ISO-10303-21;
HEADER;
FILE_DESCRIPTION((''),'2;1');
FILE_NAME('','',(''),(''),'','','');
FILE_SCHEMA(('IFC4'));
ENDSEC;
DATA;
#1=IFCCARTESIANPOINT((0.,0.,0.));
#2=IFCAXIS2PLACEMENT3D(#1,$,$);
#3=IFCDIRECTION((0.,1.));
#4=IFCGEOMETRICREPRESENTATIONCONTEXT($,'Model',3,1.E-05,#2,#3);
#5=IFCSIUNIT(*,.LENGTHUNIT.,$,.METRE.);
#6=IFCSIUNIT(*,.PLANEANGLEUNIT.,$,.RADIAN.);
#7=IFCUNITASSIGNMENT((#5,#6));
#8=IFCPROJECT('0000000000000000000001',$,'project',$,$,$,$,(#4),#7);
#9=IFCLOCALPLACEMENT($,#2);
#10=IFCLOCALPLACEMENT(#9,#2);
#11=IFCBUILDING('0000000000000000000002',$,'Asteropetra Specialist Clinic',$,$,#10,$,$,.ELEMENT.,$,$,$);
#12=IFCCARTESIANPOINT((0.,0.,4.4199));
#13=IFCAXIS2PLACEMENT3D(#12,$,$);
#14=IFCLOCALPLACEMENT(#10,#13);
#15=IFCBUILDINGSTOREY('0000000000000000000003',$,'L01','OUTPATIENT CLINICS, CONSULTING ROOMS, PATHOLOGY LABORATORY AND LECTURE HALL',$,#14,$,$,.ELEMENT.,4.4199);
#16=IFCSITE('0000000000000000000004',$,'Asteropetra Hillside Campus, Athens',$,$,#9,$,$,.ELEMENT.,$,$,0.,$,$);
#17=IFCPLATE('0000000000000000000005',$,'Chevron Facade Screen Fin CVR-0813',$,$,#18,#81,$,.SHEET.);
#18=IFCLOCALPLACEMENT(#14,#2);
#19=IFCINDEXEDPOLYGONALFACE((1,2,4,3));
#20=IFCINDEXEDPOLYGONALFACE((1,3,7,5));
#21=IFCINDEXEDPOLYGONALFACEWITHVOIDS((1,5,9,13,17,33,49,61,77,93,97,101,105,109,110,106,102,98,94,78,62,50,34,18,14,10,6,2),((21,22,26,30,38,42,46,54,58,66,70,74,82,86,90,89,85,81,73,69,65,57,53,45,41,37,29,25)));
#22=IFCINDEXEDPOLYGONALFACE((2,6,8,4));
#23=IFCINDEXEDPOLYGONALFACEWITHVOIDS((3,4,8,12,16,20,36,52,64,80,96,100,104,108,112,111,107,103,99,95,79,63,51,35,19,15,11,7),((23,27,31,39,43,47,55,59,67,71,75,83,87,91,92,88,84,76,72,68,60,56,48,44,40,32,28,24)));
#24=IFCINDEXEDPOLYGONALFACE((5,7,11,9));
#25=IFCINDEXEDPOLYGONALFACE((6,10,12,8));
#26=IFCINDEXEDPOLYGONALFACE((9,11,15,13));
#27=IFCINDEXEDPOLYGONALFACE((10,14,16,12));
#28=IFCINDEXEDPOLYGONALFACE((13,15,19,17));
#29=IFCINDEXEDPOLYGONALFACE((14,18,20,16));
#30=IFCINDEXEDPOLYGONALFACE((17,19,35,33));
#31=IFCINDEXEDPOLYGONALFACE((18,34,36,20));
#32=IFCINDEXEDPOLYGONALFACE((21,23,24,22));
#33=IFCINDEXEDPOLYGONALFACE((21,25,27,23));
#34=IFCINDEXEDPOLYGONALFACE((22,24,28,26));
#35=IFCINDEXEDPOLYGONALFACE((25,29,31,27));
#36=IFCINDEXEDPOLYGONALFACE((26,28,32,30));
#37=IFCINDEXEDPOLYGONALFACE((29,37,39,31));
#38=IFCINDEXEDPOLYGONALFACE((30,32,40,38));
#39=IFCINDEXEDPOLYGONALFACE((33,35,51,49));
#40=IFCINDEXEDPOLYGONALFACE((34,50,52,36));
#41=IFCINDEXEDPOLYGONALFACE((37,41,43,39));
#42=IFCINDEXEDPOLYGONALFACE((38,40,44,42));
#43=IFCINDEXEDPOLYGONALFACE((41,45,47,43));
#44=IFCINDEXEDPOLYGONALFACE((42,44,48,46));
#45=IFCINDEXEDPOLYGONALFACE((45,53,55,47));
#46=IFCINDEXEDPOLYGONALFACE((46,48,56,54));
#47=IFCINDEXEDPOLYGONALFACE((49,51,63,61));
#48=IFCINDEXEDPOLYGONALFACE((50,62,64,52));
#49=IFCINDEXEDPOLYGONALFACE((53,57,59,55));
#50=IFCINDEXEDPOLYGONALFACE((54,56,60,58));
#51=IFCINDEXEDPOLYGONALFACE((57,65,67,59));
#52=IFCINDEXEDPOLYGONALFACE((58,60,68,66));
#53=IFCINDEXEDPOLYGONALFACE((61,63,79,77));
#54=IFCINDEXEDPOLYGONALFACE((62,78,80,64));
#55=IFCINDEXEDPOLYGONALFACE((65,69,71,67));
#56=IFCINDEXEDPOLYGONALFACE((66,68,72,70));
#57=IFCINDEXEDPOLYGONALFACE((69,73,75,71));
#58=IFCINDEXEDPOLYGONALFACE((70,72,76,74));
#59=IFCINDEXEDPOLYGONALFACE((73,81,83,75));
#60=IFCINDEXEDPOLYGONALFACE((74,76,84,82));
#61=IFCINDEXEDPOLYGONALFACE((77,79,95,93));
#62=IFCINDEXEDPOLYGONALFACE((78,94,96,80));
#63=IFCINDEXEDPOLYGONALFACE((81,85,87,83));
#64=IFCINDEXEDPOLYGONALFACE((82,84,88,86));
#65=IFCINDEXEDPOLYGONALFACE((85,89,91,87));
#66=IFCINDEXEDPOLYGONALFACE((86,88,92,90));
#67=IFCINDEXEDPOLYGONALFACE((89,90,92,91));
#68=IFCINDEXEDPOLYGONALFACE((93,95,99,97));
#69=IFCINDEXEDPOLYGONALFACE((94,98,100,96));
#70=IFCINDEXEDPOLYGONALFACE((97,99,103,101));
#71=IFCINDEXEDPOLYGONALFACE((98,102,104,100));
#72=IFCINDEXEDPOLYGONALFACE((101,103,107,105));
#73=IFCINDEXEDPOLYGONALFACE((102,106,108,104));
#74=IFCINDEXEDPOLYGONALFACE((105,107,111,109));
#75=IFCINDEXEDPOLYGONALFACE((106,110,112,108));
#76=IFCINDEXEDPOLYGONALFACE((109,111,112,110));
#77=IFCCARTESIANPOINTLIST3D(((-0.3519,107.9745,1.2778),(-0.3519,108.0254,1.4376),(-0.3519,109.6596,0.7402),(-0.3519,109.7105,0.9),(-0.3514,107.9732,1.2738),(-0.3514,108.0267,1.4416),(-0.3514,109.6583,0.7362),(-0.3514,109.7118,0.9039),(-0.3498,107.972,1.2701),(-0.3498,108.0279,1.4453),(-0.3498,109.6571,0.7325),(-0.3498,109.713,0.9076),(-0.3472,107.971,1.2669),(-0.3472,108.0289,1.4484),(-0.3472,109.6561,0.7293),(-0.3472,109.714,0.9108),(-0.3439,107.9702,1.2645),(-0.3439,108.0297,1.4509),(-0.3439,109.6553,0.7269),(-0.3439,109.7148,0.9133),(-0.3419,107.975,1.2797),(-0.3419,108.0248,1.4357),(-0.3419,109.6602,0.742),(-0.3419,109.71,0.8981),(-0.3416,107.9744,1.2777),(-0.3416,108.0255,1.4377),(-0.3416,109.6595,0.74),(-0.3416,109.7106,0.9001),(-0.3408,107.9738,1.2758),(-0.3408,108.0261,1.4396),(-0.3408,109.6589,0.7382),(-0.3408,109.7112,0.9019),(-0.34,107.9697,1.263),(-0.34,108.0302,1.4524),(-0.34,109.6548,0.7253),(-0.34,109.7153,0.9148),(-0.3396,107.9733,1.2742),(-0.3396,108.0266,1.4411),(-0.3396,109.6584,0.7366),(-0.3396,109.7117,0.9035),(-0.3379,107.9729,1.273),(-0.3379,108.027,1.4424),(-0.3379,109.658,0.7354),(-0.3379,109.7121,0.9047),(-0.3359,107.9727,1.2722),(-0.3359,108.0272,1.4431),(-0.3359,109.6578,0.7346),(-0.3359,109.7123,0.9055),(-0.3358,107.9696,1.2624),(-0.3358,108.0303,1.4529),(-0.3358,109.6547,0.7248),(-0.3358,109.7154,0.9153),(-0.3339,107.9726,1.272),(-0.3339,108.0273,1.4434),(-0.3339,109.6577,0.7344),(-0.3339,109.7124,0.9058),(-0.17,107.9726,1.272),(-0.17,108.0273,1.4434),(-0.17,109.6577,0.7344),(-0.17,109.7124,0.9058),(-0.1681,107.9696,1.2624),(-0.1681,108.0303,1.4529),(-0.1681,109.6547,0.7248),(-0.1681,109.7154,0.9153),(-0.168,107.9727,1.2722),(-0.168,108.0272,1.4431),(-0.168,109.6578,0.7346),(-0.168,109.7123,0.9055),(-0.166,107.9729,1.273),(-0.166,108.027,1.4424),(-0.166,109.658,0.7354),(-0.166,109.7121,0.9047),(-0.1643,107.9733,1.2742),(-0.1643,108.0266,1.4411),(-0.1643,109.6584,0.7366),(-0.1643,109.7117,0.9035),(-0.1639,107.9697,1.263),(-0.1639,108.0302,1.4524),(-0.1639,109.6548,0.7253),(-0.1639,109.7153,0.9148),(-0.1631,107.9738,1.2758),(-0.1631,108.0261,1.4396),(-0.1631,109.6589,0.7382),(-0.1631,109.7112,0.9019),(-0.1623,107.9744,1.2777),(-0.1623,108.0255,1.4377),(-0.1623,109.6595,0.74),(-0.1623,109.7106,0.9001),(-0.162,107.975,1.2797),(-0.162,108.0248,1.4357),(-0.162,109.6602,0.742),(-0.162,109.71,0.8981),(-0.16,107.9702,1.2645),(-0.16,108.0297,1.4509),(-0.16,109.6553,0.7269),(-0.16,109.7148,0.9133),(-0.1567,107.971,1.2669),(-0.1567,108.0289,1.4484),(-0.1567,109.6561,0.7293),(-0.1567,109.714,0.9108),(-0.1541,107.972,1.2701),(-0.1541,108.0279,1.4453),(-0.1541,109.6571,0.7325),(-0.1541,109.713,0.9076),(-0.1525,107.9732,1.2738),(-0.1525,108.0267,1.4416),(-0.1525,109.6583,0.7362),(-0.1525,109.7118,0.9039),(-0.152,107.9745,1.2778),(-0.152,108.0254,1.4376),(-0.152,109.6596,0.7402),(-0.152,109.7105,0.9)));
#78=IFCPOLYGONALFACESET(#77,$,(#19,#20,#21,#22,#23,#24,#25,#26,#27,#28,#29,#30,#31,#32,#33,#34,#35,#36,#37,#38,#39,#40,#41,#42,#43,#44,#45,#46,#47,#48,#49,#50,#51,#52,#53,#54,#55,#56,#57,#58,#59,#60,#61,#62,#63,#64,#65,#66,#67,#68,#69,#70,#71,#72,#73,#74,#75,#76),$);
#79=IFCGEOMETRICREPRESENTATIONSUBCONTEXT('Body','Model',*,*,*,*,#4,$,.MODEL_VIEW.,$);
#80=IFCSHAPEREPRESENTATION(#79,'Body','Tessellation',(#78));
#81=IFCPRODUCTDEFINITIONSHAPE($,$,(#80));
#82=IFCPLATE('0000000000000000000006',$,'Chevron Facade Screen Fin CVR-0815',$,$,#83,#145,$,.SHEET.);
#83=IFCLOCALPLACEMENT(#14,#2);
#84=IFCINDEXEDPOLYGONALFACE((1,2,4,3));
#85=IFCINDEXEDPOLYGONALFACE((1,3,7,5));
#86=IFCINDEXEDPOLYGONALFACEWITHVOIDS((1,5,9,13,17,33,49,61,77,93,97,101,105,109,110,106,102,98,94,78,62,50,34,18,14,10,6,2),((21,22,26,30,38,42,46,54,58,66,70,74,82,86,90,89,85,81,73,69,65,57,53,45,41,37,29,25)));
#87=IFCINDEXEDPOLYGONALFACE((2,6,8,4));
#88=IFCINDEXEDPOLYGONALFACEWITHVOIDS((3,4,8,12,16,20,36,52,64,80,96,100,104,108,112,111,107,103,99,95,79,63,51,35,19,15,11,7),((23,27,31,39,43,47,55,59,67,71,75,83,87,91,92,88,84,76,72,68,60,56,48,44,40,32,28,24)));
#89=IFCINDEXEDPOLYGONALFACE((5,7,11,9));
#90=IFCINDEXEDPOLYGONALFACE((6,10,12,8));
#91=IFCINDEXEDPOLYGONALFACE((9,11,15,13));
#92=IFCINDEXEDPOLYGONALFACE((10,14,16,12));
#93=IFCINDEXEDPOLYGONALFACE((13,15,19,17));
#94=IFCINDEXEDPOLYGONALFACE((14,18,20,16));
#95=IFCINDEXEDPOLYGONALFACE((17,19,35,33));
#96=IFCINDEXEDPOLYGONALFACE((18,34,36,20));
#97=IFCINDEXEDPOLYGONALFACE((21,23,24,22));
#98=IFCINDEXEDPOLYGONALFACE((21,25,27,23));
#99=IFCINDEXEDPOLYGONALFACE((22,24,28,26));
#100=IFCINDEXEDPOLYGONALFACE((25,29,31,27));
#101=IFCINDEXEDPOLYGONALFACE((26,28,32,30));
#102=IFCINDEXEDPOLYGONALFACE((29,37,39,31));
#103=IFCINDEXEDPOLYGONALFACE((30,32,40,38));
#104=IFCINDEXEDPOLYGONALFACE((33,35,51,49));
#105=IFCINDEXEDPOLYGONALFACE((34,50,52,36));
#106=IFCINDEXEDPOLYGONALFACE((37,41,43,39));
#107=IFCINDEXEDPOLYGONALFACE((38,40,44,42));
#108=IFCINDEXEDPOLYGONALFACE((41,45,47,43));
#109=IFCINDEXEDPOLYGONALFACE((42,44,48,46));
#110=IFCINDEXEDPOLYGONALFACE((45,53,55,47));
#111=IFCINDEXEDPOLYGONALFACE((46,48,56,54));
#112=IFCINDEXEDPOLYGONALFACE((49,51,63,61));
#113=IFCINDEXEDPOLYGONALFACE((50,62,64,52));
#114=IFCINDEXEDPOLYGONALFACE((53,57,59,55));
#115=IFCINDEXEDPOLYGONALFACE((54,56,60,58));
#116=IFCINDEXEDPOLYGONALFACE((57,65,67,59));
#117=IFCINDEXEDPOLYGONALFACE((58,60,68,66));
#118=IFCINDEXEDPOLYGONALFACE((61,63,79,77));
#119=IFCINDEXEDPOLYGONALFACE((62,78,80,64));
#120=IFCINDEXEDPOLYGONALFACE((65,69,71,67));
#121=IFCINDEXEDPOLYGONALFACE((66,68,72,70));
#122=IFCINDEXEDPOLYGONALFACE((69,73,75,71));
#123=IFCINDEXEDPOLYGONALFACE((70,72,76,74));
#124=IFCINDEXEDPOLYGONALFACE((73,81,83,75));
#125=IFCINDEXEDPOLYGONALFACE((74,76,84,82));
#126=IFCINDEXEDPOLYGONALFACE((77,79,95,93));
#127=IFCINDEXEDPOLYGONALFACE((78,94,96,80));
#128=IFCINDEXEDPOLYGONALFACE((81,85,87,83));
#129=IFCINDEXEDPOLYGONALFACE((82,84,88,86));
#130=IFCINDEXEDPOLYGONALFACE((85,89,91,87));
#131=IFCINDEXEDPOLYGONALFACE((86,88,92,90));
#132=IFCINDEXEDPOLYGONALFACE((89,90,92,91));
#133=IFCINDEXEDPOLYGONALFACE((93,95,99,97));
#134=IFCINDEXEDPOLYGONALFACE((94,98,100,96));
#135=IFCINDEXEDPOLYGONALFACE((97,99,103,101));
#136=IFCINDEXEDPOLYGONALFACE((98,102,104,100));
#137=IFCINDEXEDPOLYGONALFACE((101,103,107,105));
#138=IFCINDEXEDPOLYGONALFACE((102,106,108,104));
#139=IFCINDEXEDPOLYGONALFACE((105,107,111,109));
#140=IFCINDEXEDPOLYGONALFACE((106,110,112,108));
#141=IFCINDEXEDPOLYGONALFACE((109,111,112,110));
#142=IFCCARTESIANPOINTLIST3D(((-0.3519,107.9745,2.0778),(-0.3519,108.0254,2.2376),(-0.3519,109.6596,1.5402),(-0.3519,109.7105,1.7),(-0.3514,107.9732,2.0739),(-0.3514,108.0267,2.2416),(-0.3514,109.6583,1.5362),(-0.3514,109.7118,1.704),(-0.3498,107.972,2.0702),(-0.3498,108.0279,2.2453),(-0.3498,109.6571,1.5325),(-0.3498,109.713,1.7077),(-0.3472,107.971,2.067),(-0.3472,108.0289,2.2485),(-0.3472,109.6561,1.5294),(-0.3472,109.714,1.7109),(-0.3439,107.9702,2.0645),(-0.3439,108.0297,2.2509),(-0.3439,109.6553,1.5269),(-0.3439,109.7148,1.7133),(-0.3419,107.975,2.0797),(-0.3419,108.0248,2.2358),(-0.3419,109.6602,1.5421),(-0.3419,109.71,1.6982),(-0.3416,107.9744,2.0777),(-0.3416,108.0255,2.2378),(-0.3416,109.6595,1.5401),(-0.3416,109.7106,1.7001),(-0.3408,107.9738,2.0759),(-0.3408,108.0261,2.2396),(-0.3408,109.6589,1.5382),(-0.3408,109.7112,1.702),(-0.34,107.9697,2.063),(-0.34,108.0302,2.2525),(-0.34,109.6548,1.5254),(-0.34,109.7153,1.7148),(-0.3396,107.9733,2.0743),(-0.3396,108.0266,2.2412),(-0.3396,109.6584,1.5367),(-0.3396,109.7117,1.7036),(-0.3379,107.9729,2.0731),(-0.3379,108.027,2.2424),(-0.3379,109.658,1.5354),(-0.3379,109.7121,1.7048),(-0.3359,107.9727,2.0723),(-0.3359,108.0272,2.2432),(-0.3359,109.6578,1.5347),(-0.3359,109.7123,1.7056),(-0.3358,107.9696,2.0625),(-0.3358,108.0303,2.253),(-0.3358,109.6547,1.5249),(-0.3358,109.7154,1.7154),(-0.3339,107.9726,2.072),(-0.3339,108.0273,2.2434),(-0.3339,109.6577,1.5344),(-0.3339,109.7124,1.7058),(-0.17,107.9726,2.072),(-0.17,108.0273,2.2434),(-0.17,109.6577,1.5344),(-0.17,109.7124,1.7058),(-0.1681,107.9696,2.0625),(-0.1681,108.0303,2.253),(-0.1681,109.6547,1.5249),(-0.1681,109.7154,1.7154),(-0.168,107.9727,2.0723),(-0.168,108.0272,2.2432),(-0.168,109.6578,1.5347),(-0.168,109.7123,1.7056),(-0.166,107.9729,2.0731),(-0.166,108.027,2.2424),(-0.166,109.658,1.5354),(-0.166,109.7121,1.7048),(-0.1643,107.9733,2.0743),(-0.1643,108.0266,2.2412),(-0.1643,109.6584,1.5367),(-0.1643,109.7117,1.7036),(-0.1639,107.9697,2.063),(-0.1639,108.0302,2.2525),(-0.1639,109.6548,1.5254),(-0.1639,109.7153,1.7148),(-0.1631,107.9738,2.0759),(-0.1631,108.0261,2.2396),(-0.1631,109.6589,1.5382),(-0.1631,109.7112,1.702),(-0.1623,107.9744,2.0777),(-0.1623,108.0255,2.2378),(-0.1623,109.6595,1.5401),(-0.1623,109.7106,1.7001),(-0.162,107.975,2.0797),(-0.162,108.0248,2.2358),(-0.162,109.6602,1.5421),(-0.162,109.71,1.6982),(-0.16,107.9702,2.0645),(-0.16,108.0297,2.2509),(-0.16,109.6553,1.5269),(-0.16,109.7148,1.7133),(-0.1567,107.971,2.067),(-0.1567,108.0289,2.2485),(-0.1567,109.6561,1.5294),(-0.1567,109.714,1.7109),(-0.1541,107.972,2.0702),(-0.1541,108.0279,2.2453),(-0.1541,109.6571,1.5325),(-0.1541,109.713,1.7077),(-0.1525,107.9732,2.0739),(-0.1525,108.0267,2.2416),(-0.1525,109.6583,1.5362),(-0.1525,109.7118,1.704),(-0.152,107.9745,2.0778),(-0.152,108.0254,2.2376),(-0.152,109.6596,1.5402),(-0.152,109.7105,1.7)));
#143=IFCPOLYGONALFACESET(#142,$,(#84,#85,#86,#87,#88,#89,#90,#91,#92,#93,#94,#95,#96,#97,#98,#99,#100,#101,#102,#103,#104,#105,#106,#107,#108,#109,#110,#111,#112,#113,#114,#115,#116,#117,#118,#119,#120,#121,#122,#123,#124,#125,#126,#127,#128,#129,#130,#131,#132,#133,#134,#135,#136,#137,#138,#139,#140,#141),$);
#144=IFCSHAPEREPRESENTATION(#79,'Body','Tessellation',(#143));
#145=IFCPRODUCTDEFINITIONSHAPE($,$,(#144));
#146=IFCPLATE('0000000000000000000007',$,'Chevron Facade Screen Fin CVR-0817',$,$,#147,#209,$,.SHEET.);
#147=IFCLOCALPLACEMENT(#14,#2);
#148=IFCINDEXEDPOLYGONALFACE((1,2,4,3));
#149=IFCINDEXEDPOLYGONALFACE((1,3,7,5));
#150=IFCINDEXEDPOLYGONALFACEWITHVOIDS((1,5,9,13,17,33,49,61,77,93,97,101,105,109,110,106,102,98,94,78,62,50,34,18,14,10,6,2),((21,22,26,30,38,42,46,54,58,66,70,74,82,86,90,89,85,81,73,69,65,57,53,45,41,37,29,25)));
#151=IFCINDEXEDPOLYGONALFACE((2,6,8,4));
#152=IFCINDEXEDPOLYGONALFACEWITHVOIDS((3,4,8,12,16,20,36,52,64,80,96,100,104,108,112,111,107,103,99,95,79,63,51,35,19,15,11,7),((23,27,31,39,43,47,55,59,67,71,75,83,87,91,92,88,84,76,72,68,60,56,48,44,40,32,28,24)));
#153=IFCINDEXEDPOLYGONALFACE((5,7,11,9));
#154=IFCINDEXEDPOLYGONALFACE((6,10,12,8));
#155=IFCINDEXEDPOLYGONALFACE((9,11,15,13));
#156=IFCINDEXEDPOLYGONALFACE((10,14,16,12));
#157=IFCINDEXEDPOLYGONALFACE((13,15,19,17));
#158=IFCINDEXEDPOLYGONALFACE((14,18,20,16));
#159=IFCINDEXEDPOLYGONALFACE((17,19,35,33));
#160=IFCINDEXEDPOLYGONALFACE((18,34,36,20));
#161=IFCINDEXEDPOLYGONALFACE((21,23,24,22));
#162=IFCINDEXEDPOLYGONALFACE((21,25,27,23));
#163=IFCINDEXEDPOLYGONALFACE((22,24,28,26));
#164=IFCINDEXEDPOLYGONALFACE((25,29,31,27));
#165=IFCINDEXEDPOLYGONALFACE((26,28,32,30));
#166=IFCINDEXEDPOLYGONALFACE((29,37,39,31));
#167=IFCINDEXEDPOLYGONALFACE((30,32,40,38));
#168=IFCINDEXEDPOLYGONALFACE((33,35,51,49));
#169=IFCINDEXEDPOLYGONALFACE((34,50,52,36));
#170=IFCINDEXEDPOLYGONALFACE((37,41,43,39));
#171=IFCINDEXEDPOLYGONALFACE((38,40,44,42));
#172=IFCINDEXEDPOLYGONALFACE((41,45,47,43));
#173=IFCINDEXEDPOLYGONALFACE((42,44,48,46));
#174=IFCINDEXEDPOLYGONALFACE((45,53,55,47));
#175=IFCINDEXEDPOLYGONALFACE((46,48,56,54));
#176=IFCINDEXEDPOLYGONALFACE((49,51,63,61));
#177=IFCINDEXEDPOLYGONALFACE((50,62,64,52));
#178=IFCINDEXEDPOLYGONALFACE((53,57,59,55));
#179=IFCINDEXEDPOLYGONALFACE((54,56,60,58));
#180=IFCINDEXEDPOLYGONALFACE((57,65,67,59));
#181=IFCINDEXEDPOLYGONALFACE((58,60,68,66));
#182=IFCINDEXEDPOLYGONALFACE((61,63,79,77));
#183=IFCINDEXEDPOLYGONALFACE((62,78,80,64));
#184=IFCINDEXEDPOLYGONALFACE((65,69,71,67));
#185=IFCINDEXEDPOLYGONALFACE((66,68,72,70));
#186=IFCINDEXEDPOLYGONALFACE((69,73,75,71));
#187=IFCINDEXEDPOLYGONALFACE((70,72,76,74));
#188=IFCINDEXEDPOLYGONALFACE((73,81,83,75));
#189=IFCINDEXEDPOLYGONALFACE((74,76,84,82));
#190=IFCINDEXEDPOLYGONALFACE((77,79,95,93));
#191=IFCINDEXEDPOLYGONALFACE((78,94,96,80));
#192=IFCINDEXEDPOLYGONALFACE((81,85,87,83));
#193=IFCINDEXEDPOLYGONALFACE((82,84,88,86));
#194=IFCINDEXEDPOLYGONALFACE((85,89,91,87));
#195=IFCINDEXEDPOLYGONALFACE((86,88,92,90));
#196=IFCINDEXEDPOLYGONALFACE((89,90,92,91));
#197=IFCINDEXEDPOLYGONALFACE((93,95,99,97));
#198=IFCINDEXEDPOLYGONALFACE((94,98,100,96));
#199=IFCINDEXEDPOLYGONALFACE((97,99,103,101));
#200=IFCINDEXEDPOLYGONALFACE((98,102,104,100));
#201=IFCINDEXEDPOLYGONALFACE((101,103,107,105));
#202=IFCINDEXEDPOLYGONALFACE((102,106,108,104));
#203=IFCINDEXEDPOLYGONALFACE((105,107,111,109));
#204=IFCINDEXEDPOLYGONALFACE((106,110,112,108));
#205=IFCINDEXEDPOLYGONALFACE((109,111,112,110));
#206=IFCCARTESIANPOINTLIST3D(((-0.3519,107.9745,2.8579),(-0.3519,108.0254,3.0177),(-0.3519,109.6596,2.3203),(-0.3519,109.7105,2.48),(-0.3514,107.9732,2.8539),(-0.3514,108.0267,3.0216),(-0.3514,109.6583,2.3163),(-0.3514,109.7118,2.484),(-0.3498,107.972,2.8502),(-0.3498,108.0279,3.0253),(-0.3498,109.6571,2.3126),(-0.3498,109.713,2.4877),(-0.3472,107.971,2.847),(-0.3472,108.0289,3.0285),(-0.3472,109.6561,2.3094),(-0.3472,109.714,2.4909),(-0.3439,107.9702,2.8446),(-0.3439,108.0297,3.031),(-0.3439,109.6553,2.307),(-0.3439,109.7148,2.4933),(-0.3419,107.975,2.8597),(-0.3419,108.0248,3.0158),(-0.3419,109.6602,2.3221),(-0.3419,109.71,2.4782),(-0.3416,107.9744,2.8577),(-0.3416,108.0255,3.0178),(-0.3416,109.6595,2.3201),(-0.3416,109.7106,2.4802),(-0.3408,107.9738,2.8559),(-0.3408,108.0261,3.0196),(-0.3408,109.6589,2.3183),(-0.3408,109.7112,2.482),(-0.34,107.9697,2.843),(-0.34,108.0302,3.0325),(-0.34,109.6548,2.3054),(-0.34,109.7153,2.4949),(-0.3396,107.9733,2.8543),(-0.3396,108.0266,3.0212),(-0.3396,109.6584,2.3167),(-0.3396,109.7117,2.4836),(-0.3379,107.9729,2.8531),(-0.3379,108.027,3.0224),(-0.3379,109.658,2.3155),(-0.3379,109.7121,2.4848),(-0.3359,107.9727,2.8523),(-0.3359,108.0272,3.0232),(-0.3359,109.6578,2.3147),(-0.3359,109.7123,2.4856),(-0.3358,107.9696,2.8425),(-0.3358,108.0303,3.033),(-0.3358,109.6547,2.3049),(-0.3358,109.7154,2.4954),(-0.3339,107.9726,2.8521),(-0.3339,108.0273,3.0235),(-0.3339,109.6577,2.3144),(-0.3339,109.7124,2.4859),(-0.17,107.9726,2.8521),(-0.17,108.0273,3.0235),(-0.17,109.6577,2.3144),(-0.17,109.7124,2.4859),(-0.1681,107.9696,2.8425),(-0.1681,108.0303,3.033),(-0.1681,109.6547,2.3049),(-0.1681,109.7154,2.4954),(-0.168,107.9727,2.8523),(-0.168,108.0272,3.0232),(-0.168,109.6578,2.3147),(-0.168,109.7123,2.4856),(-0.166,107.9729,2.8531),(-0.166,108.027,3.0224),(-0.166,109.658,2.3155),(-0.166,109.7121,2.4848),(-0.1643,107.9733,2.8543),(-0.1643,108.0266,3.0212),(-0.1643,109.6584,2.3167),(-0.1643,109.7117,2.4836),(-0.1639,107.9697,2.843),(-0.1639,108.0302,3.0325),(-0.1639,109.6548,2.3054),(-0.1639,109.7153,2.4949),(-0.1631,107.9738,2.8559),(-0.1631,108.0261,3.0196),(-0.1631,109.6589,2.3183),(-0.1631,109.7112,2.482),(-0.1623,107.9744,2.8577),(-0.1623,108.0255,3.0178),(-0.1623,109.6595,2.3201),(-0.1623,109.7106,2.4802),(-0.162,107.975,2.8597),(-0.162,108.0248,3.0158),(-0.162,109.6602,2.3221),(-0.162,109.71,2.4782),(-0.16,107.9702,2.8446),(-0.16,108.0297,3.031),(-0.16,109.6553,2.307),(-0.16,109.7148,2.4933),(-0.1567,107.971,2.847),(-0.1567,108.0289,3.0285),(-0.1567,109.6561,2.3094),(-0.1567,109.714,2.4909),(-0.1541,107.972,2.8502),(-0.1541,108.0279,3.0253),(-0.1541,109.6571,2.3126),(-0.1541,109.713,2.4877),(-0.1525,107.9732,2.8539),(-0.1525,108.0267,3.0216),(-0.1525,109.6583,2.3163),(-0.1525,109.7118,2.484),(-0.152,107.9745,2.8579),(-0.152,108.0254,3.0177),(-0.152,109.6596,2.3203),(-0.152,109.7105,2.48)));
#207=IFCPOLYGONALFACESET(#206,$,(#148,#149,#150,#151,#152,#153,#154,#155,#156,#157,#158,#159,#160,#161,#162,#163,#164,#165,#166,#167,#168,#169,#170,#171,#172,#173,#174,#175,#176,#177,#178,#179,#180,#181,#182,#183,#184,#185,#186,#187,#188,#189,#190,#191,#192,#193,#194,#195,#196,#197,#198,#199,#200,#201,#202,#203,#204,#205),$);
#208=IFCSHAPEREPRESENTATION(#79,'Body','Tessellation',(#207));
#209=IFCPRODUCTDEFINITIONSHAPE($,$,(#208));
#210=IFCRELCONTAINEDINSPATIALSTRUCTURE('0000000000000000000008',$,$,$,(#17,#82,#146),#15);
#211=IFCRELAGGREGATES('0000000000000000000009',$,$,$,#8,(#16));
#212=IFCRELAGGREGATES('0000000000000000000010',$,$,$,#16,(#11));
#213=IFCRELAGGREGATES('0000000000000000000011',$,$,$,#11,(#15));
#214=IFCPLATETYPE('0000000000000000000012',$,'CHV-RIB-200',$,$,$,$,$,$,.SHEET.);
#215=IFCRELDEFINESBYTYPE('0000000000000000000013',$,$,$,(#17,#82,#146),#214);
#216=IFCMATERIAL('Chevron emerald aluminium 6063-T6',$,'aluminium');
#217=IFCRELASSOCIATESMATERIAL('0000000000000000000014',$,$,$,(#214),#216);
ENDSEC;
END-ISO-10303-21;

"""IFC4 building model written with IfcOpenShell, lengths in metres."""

from ifc_helpers import new_model, si_unit, direction, frame, origin, origin_2d, place, context, subcontext, project, spatial, hollow_rectangle, extrude, material, material_profile, profile_set, type_object, element, save


model = new_model("IFC4")

# Units and contexts
model_context = context("Model", 3, precision=1e-05, world=origin(), true_north=direction((0.0, 1.0)))
body_context = subcontext(model_context, "Body", "Model", "MODEL_VIEW")
ifc_project = project(units=[si_unit("LENGTHUNIT", "METRE"), si_unit("PLANEANGLEUNIT", "RADIAN")], contexts=[model_context])

# Site, building, storey
site_placement = place(None, origin())
site = spatial("IfcSite", under=ifc_project, at=site_placement, Name="Asteropetra Hillside Campus, Athens", CompositionType="ELEMENT", RefElevation=0.0)
building_placement = place(site_placement, origin())
building = spatial("IfcBuilding", under=site, at=building_placement, Name="Asteropetra Specialist Clinic", CompositionType="ELEMENT")
storey_placement = place(building_placement, frame((0.0, 0.0, 4.4199)))
storey = spatial("IfcBuildingStorey", under=building, at=storey_placement, Name="L01", Description="OUTPATIENT CLINICS, CONSULTING ROOMS, PATHOLOGY LABORATORY AND LECTURE HALL", CompositionType="ELEMENT", Elevation=4.4199)

# Plates
ifc_material_1 = material(Name="Chevron emerald aluminium 6063-T6", Category="aluminium")
ifc_material_profile_1 = material_profile(ifc_material_1, hollow_rectangle(XDim=0.2, YDim=0.2, WallThickness=0.01, InnerFilletRadius=0.0081, OuterFilletRadius=0.0161, at=origin_2d()), Name="SHS 200x200x10.0")
ifc_profile_set_1 = profile_set([ifc_material_profile_1], Name="Chevron emerald aluminium 6063-T6")
plate_type_1 = type_object("IfcPlateType", Name="CHV-RIB-200", PredefinedType="SHEET", material=ifc_profile_set_1)
for number, where, z_axis, x_axis, name in (
    (1, (-0.252, 109.6851, 0.8201), (0.0, -0.95269, 0.303944), (1.0, 0.0, 0.0), "Chevron Facade Screen Fin CVR-0813"),
    (2, (-0.252, 109.6851, 1.6201), (0.0, -0.95269, 0.303944), (1.0, 0.0, 0.0), "Chevron Facade Screen Fin CVR-0815"),
    (3, (-0.252, 109.6851, 2.4001), (0.0, -0.95269, 0.303944), (1.0, 0.0, 0.0), "Chevron Facade Screen Fin CVR-0817"),
):
    element("IfcPlate", number, at=place(storey_placement, frame(where, z_axis=z_axis, x_axis=x_axis)), inside=storey, type_object=plate_type_1, Name=name, PredefinedType="SHEET", context=body_context, shape_type="SweptSolid", body=[
        extrude(hollow_rectangle(XDim=0.2, YDim=0.2, WallThickness=0.01, InnerFilletRadius=0.0081, OuterFilletRadius=0.0161, at=origin_2d()), origin(), (0.0, 0.0, 1.0), 1.7688),
    ])

save(model, "model.ifc")
